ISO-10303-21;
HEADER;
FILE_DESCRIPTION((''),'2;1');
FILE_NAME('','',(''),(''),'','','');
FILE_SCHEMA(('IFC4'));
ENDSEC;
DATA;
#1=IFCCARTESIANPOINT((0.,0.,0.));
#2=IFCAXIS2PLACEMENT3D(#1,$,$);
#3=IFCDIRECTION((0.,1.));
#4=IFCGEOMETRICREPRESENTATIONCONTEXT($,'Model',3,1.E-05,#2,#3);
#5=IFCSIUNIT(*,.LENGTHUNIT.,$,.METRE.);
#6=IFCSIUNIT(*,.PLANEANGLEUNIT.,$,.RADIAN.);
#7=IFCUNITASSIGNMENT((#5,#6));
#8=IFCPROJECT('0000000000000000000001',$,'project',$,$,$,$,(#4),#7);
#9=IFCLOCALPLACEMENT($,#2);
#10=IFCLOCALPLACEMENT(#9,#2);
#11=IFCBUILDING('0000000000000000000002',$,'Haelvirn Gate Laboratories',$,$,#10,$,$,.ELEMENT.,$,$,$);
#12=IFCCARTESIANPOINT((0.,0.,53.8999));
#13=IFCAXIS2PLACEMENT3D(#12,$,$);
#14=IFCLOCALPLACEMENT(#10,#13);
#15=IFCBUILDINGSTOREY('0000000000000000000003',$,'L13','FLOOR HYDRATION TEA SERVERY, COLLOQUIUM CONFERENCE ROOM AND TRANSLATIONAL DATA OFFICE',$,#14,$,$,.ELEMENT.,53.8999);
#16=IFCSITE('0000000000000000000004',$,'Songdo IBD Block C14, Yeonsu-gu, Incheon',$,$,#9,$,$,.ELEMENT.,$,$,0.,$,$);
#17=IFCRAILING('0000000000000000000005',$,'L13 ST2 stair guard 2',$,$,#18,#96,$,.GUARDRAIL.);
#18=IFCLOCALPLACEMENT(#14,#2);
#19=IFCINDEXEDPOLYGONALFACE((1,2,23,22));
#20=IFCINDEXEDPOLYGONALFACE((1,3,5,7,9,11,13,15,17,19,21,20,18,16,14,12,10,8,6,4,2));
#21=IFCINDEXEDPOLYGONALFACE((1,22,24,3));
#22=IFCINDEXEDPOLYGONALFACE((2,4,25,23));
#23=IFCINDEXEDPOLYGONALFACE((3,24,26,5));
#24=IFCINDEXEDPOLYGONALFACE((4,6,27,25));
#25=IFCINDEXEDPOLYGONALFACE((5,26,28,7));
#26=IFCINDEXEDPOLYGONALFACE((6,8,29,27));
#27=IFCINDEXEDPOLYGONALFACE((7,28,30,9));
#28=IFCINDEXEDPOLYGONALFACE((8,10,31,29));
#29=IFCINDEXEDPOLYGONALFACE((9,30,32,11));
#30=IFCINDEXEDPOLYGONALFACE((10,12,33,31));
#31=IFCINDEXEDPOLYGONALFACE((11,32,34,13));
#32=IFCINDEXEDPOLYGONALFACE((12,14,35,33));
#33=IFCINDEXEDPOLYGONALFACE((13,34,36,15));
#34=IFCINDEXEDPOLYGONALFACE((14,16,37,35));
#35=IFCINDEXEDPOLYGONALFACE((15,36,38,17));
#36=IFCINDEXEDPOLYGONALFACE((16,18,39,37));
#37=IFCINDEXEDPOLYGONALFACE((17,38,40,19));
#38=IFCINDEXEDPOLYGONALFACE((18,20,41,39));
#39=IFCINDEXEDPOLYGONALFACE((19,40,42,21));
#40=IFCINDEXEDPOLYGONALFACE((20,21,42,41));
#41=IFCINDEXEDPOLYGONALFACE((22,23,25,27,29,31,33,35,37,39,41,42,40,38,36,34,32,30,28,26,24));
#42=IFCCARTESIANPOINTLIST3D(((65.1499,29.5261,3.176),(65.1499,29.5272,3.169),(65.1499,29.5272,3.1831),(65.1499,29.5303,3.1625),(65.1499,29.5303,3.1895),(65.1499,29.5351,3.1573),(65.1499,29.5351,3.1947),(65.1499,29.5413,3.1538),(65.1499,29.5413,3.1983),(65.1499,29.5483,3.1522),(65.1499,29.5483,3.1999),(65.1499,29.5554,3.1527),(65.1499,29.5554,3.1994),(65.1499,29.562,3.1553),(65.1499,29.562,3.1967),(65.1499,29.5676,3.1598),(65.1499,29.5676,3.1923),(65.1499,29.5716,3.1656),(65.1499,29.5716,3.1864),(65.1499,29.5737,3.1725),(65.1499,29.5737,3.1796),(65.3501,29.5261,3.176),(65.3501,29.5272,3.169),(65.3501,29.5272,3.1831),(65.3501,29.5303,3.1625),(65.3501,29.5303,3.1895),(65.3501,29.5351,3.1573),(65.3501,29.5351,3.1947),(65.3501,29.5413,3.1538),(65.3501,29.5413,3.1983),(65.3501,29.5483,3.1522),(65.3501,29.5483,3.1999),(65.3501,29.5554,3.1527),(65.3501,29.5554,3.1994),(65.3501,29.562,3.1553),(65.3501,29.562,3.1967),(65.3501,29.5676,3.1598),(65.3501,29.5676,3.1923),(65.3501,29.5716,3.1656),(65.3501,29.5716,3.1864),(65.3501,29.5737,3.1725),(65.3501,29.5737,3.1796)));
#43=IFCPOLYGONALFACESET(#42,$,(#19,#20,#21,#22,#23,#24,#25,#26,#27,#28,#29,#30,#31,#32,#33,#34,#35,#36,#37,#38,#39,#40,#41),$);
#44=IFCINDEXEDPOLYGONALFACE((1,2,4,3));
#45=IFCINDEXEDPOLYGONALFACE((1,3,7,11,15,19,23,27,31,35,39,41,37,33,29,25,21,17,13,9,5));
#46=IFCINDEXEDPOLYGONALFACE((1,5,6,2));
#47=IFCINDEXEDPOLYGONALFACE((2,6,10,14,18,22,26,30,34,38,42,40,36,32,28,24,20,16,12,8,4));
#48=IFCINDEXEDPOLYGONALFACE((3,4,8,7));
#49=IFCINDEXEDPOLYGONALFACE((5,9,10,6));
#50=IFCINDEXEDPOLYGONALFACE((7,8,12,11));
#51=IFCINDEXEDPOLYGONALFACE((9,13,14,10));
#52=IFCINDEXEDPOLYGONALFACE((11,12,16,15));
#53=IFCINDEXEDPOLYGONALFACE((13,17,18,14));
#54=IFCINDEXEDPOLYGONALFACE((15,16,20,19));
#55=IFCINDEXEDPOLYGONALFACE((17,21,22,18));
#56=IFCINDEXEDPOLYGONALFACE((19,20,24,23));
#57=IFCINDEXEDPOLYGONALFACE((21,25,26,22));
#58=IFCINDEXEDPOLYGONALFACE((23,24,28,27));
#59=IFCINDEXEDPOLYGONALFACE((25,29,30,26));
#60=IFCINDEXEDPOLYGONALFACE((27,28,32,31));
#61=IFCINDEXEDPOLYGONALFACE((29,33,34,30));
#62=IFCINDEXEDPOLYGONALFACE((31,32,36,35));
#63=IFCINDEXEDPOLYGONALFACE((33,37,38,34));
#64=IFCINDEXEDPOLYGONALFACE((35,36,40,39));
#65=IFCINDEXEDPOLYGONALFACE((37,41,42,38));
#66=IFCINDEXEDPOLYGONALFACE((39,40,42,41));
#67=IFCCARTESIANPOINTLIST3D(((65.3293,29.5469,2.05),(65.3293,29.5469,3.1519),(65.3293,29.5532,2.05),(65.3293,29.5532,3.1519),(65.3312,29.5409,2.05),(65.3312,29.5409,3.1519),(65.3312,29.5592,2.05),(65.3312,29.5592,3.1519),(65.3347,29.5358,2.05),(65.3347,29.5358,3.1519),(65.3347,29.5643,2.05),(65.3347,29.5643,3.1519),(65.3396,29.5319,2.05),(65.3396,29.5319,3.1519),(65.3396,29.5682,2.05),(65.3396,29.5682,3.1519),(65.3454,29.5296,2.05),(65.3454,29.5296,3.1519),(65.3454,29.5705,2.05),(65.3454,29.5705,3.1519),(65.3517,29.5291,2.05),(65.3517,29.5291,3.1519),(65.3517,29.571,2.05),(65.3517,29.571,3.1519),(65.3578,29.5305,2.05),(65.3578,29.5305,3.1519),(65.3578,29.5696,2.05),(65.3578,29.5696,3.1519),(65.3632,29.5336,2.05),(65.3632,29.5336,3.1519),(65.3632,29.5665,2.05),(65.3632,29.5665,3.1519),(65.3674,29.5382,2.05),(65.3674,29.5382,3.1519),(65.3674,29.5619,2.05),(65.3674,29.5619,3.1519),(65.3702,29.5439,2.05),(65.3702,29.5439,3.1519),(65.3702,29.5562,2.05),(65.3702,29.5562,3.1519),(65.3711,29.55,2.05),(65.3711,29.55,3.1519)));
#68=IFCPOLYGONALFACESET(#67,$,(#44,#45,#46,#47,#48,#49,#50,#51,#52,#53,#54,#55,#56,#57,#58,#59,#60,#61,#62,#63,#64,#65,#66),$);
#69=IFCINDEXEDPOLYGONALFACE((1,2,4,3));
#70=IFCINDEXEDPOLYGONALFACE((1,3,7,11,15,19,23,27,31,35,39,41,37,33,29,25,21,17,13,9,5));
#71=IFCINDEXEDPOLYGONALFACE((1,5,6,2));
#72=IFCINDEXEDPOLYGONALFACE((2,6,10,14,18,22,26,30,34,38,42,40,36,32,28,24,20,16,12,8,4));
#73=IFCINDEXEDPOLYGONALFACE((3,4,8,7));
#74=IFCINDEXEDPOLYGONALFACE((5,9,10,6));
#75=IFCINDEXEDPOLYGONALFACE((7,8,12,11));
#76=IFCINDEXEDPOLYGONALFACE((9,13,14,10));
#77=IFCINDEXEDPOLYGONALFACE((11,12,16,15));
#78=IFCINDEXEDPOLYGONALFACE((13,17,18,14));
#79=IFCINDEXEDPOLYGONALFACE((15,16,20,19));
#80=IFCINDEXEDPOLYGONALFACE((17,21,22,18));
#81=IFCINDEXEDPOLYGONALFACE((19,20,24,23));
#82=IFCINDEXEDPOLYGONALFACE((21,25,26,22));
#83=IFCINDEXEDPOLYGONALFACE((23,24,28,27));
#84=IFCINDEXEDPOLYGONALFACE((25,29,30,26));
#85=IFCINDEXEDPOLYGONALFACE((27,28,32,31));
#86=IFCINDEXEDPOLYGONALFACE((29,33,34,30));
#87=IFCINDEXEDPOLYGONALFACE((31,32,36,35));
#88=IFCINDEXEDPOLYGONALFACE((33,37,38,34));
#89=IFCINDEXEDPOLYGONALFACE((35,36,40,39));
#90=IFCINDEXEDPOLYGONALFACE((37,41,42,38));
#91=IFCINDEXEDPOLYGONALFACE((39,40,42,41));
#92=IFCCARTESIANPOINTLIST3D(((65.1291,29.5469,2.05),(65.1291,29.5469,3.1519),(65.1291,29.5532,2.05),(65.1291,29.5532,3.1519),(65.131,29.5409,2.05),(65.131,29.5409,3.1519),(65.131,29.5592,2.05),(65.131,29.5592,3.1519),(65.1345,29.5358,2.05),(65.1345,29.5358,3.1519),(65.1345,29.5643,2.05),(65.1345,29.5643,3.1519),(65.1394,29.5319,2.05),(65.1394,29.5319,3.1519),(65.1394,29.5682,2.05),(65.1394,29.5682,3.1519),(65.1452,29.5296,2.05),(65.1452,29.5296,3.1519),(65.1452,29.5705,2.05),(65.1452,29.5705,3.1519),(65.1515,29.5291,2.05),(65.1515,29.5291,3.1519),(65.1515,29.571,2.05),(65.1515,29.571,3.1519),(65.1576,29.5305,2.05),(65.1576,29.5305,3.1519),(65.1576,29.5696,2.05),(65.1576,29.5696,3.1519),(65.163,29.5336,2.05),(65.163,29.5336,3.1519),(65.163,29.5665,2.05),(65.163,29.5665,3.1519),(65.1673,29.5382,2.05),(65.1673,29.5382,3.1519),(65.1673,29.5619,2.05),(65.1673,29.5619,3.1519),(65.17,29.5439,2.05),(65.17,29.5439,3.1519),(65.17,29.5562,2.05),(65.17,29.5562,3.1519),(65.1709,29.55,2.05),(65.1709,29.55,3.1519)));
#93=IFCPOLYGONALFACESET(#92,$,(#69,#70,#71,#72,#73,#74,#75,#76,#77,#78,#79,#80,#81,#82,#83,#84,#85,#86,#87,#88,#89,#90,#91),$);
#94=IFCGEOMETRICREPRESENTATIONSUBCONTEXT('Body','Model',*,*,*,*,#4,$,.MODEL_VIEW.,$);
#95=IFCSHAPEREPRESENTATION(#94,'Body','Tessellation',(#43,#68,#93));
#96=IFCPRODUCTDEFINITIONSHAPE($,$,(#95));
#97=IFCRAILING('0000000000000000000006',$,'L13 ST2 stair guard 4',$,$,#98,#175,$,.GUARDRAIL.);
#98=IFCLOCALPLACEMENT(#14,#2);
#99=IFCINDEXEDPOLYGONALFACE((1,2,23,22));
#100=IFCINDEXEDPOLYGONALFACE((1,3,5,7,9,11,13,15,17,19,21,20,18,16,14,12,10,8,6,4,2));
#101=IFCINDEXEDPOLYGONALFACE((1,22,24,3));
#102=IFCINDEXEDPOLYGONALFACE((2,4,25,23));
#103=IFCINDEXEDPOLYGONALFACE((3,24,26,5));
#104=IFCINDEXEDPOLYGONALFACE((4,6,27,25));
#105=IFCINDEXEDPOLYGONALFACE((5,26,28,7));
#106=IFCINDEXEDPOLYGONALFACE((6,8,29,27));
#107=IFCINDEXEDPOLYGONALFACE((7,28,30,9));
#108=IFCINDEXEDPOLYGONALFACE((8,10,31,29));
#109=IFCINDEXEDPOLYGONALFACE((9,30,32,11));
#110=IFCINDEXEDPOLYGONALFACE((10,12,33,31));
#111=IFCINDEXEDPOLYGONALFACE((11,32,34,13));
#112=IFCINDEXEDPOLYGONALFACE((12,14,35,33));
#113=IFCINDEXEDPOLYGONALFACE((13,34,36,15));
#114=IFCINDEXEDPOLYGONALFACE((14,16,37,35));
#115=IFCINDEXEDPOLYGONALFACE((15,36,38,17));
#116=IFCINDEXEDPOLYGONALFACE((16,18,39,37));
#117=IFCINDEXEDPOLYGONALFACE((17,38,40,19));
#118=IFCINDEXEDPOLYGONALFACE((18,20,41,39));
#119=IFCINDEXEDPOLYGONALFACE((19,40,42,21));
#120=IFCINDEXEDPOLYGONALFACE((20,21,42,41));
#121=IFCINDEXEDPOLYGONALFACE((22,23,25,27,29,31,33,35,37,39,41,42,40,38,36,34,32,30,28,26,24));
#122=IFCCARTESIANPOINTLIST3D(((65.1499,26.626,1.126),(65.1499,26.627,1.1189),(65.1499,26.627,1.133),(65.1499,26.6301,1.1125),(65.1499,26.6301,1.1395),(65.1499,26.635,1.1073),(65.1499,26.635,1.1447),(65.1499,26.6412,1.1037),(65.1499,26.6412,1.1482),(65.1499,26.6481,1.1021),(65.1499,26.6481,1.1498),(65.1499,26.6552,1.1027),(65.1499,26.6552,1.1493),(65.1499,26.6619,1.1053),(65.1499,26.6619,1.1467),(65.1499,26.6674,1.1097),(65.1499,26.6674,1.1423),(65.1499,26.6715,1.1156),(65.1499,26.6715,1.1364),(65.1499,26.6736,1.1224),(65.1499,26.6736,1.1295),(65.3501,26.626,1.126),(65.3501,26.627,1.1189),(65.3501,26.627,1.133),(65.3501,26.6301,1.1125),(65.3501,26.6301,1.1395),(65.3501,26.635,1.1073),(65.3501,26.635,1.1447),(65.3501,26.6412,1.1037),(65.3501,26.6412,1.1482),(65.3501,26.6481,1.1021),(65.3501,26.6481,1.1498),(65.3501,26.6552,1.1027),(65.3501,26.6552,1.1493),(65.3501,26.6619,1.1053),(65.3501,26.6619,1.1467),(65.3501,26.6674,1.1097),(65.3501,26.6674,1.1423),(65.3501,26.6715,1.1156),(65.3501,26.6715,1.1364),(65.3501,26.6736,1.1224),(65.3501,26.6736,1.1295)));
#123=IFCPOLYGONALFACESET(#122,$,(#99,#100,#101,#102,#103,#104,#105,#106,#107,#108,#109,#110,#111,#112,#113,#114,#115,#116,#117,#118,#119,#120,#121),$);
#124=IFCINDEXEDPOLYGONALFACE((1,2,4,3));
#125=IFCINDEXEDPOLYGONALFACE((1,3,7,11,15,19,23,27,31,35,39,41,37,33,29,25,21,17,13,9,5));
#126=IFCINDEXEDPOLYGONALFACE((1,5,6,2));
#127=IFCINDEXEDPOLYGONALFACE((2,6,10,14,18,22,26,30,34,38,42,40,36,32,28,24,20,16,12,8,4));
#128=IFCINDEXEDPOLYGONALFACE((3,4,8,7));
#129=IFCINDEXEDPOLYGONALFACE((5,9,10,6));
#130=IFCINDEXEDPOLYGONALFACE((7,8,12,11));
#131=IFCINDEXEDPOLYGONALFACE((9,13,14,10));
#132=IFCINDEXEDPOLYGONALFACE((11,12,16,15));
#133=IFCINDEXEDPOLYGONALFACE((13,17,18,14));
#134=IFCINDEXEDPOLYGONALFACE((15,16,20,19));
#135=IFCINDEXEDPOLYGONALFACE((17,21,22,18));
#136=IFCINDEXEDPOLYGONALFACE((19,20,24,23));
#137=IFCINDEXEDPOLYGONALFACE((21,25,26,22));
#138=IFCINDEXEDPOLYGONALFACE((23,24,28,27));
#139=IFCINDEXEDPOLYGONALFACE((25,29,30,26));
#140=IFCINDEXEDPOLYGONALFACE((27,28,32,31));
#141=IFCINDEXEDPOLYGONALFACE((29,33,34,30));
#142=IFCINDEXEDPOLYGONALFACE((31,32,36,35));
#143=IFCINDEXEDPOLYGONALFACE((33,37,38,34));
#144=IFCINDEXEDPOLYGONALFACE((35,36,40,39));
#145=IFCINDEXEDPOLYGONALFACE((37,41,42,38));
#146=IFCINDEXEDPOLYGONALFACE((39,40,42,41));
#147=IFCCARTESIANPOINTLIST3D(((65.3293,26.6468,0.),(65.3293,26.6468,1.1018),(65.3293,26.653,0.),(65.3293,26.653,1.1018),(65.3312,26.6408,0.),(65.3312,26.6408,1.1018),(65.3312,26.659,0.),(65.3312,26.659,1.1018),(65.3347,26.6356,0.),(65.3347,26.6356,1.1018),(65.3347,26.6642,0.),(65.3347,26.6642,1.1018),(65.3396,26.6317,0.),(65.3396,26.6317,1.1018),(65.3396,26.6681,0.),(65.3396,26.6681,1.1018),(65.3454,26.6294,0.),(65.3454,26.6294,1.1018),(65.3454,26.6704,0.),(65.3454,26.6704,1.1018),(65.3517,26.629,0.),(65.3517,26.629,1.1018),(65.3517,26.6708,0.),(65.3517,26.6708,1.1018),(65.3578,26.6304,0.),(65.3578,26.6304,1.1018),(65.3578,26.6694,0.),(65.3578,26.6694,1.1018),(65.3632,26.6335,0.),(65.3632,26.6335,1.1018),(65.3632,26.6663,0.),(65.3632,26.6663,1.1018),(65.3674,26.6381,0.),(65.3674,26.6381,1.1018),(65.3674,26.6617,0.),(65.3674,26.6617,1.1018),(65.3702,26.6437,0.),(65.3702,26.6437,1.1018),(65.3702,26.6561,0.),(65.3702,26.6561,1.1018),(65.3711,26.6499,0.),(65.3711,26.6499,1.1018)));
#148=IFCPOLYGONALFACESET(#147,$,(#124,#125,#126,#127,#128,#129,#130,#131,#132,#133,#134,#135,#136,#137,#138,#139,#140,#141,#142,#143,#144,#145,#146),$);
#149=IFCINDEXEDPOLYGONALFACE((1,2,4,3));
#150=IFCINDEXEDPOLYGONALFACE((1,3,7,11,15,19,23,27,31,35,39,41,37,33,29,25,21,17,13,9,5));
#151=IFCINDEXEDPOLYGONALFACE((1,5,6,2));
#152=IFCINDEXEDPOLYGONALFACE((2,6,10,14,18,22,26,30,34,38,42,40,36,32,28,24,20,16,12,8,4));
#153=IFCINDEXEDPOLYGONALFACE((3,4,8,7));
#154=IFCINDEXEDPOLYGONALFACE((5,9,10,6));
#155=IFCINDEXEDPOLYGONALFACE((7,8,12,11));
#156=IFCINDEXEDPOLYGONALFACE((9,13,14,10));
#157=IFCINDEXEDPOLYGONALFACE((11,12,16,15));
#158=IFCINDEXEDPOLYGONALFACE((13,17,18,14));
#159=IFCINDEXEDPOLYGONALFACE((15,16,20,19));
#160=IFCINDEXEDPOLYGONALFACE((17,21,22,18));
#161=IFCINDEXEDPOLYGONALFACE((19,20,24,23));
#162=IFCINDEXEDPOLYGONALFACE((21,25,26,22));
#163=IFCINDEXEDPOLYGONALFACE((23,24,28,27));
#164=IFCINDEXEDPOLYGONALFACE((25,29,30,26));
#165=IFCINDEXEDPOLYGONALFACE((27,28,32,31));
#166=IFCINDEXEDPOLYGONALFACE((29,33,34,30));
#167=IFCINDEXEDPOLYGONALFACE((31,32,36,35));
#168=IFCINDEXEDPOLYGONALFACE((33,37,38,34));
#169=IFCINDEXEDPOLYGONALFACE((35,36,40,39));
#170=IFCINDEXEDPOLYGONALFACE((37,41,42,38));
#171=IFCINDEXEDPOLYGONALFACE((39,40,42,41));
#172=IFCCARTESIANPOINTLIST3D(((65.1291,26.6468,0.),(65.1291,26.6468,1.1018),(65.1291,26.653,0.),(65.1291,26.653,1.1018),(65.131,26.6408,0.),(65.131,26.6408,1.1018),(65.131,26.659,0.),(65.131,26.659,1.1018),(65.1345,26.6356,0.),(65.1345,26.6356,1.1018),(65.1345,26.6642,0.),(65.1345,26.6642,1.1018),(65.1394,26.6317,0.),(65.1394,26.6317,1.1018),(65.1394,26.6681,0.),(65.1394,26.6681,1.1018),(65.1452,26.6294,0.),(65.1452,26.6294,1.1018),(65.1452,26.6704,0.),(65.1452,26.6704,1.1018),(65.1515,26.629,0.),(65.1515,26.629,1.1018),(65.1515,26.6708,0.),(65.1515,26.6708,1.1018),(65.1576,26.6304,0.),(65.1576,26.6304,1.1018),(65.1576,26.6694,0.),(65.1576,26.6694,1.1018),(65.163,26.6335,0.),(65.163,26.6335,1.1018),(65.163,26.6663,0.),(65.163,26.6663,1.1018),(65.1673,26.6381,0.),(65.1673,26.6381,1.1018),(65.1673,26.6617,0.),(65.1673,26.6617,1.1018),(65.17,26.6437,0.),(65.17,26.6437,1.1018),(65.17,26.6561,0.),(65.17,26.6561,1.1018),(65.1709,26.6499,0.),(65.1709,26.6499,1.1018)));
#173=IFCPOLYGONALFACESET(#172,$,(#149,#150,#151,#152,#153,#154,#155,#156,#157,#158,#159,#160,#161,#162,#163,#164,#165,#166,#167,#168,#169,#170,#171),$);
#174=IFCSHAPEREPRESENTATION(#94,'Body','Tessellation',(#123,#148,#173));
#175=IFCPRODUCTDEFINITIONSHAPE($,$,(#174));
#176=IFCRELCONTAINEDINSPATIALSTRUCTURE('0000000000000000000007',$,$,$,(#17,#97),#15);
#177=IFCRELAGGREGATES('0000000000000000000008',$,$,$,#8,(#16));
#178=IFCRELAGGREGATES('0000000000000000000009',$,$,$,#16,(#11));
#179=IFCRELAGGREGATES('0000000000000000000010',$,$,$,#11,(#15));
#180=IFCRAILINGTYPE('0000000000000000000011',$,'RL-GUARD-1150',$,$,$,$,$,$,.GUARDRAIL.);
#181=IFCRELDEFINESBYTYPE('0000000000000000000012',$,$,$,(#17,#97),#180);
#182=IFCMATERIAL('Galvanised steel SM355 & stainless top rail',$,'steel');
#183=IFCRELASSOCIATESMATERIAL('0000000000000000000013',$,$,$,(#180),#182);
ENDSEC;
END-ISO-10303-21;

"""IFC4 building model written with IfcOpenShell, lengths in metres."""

from ifc_helpers import new_model, si_unit, direction, frame, origin, origin_2d, place, context, subcontext, project, spatial, circle, extrude, source, transform, mapped, material, type_object, element, save


model = new_model("IFC4")

# Units and contexts
model_context = context("Model", 3, precision=1e-05, world=origin(), true_north=direction((0.0, 1.0)))
body_context = subcontext(model_context, "Body", "Model", "MODEL_VIEW")
ifc_project = project(units=[si_unit("LENGTHUNIT", "METRE"), si_unit("PLANEANGLEUNIT", "RADIAN")], contexts=[model_context])

# Site, building, storey
site_placement = place(None, origin())
site = spatial("IfcSite", under=ifc_project, at=site_placement, Name="Songdo IBD Block C14, Yeonsu-gu, Incheon", CompositionType="ELEMENT", RefElevation=0.0)
building_placement = place(site_placement, origin())
building = spatial("IfcBuilding", under=site, at=building_placement, Name="Haelvirn Gate Laboratories", CompositionType="ELEMENT")
storey_placement = place(building_placement, frame((0.0, 0.0, 53.8999)))
storey = spatial("IfcBuildingStorey", under=building, at=storey_placement, Name="L13", Description="FLOOR HYDRATION TEA SERVERY, COLLOQUIUM CONFERENCE ROOM AND TRANSLATIONAL DATA OFFICE", CompositionType="ELEMENT", Elevation=53.8999)

# Railings
ifc_material_1 = material(Name="Galvanised steel SM355 & stainless top rail", Category="steel")
railing_type_1 = type_object("IfcRailingType", Name="RL-GUARD-1150", PredefinedType="GUARDRAIL", material=ifc_material_1)
shared_shape_1 = source(origin(), body_context, "Body", "SweptSolid", [
    extrude(circle(Radius=0.0239, at=origin_2d()), frame((0.0, 0.0, 1.126), z_axis=(-1.0, 0.0, 0.0), x_axis=(0.0, -1.0, 0.0)), (0.0, 0.0, 1.0), 0.2002),
    extrude(circle(Radius=0.021, at=origin_2d()), origin(), (0.0, 0.0, 1.0), 1.1018),
    extrude(circle(Radius=0.021, at=origin_2d()), frame((-0.2002, 0.0, 0.0)), (0.0, 0.0, 1.0), 1.1018),
])
for number, where, name in (
    (1, (65.3501, 29.55, 2.05), "L13 ST2 stair guard 2"),
    (2, (65.3501, 26.6499, 0.0), "L13 ST2 stair guard 4"),
):
    element("IfcRailing", number, at=place(storey_placement, frame(where)), inside=storey, type_object=railing_type_1, Name=name, PredefinedType="GUARDRAIL", context=body_context, shape_type="MappedRepresentation", body=[
        mapped(shared_shape_1, transform((0.0, 0.0, 0.0), scale=1.0)),
    ])

save(model, "model.ifc")
